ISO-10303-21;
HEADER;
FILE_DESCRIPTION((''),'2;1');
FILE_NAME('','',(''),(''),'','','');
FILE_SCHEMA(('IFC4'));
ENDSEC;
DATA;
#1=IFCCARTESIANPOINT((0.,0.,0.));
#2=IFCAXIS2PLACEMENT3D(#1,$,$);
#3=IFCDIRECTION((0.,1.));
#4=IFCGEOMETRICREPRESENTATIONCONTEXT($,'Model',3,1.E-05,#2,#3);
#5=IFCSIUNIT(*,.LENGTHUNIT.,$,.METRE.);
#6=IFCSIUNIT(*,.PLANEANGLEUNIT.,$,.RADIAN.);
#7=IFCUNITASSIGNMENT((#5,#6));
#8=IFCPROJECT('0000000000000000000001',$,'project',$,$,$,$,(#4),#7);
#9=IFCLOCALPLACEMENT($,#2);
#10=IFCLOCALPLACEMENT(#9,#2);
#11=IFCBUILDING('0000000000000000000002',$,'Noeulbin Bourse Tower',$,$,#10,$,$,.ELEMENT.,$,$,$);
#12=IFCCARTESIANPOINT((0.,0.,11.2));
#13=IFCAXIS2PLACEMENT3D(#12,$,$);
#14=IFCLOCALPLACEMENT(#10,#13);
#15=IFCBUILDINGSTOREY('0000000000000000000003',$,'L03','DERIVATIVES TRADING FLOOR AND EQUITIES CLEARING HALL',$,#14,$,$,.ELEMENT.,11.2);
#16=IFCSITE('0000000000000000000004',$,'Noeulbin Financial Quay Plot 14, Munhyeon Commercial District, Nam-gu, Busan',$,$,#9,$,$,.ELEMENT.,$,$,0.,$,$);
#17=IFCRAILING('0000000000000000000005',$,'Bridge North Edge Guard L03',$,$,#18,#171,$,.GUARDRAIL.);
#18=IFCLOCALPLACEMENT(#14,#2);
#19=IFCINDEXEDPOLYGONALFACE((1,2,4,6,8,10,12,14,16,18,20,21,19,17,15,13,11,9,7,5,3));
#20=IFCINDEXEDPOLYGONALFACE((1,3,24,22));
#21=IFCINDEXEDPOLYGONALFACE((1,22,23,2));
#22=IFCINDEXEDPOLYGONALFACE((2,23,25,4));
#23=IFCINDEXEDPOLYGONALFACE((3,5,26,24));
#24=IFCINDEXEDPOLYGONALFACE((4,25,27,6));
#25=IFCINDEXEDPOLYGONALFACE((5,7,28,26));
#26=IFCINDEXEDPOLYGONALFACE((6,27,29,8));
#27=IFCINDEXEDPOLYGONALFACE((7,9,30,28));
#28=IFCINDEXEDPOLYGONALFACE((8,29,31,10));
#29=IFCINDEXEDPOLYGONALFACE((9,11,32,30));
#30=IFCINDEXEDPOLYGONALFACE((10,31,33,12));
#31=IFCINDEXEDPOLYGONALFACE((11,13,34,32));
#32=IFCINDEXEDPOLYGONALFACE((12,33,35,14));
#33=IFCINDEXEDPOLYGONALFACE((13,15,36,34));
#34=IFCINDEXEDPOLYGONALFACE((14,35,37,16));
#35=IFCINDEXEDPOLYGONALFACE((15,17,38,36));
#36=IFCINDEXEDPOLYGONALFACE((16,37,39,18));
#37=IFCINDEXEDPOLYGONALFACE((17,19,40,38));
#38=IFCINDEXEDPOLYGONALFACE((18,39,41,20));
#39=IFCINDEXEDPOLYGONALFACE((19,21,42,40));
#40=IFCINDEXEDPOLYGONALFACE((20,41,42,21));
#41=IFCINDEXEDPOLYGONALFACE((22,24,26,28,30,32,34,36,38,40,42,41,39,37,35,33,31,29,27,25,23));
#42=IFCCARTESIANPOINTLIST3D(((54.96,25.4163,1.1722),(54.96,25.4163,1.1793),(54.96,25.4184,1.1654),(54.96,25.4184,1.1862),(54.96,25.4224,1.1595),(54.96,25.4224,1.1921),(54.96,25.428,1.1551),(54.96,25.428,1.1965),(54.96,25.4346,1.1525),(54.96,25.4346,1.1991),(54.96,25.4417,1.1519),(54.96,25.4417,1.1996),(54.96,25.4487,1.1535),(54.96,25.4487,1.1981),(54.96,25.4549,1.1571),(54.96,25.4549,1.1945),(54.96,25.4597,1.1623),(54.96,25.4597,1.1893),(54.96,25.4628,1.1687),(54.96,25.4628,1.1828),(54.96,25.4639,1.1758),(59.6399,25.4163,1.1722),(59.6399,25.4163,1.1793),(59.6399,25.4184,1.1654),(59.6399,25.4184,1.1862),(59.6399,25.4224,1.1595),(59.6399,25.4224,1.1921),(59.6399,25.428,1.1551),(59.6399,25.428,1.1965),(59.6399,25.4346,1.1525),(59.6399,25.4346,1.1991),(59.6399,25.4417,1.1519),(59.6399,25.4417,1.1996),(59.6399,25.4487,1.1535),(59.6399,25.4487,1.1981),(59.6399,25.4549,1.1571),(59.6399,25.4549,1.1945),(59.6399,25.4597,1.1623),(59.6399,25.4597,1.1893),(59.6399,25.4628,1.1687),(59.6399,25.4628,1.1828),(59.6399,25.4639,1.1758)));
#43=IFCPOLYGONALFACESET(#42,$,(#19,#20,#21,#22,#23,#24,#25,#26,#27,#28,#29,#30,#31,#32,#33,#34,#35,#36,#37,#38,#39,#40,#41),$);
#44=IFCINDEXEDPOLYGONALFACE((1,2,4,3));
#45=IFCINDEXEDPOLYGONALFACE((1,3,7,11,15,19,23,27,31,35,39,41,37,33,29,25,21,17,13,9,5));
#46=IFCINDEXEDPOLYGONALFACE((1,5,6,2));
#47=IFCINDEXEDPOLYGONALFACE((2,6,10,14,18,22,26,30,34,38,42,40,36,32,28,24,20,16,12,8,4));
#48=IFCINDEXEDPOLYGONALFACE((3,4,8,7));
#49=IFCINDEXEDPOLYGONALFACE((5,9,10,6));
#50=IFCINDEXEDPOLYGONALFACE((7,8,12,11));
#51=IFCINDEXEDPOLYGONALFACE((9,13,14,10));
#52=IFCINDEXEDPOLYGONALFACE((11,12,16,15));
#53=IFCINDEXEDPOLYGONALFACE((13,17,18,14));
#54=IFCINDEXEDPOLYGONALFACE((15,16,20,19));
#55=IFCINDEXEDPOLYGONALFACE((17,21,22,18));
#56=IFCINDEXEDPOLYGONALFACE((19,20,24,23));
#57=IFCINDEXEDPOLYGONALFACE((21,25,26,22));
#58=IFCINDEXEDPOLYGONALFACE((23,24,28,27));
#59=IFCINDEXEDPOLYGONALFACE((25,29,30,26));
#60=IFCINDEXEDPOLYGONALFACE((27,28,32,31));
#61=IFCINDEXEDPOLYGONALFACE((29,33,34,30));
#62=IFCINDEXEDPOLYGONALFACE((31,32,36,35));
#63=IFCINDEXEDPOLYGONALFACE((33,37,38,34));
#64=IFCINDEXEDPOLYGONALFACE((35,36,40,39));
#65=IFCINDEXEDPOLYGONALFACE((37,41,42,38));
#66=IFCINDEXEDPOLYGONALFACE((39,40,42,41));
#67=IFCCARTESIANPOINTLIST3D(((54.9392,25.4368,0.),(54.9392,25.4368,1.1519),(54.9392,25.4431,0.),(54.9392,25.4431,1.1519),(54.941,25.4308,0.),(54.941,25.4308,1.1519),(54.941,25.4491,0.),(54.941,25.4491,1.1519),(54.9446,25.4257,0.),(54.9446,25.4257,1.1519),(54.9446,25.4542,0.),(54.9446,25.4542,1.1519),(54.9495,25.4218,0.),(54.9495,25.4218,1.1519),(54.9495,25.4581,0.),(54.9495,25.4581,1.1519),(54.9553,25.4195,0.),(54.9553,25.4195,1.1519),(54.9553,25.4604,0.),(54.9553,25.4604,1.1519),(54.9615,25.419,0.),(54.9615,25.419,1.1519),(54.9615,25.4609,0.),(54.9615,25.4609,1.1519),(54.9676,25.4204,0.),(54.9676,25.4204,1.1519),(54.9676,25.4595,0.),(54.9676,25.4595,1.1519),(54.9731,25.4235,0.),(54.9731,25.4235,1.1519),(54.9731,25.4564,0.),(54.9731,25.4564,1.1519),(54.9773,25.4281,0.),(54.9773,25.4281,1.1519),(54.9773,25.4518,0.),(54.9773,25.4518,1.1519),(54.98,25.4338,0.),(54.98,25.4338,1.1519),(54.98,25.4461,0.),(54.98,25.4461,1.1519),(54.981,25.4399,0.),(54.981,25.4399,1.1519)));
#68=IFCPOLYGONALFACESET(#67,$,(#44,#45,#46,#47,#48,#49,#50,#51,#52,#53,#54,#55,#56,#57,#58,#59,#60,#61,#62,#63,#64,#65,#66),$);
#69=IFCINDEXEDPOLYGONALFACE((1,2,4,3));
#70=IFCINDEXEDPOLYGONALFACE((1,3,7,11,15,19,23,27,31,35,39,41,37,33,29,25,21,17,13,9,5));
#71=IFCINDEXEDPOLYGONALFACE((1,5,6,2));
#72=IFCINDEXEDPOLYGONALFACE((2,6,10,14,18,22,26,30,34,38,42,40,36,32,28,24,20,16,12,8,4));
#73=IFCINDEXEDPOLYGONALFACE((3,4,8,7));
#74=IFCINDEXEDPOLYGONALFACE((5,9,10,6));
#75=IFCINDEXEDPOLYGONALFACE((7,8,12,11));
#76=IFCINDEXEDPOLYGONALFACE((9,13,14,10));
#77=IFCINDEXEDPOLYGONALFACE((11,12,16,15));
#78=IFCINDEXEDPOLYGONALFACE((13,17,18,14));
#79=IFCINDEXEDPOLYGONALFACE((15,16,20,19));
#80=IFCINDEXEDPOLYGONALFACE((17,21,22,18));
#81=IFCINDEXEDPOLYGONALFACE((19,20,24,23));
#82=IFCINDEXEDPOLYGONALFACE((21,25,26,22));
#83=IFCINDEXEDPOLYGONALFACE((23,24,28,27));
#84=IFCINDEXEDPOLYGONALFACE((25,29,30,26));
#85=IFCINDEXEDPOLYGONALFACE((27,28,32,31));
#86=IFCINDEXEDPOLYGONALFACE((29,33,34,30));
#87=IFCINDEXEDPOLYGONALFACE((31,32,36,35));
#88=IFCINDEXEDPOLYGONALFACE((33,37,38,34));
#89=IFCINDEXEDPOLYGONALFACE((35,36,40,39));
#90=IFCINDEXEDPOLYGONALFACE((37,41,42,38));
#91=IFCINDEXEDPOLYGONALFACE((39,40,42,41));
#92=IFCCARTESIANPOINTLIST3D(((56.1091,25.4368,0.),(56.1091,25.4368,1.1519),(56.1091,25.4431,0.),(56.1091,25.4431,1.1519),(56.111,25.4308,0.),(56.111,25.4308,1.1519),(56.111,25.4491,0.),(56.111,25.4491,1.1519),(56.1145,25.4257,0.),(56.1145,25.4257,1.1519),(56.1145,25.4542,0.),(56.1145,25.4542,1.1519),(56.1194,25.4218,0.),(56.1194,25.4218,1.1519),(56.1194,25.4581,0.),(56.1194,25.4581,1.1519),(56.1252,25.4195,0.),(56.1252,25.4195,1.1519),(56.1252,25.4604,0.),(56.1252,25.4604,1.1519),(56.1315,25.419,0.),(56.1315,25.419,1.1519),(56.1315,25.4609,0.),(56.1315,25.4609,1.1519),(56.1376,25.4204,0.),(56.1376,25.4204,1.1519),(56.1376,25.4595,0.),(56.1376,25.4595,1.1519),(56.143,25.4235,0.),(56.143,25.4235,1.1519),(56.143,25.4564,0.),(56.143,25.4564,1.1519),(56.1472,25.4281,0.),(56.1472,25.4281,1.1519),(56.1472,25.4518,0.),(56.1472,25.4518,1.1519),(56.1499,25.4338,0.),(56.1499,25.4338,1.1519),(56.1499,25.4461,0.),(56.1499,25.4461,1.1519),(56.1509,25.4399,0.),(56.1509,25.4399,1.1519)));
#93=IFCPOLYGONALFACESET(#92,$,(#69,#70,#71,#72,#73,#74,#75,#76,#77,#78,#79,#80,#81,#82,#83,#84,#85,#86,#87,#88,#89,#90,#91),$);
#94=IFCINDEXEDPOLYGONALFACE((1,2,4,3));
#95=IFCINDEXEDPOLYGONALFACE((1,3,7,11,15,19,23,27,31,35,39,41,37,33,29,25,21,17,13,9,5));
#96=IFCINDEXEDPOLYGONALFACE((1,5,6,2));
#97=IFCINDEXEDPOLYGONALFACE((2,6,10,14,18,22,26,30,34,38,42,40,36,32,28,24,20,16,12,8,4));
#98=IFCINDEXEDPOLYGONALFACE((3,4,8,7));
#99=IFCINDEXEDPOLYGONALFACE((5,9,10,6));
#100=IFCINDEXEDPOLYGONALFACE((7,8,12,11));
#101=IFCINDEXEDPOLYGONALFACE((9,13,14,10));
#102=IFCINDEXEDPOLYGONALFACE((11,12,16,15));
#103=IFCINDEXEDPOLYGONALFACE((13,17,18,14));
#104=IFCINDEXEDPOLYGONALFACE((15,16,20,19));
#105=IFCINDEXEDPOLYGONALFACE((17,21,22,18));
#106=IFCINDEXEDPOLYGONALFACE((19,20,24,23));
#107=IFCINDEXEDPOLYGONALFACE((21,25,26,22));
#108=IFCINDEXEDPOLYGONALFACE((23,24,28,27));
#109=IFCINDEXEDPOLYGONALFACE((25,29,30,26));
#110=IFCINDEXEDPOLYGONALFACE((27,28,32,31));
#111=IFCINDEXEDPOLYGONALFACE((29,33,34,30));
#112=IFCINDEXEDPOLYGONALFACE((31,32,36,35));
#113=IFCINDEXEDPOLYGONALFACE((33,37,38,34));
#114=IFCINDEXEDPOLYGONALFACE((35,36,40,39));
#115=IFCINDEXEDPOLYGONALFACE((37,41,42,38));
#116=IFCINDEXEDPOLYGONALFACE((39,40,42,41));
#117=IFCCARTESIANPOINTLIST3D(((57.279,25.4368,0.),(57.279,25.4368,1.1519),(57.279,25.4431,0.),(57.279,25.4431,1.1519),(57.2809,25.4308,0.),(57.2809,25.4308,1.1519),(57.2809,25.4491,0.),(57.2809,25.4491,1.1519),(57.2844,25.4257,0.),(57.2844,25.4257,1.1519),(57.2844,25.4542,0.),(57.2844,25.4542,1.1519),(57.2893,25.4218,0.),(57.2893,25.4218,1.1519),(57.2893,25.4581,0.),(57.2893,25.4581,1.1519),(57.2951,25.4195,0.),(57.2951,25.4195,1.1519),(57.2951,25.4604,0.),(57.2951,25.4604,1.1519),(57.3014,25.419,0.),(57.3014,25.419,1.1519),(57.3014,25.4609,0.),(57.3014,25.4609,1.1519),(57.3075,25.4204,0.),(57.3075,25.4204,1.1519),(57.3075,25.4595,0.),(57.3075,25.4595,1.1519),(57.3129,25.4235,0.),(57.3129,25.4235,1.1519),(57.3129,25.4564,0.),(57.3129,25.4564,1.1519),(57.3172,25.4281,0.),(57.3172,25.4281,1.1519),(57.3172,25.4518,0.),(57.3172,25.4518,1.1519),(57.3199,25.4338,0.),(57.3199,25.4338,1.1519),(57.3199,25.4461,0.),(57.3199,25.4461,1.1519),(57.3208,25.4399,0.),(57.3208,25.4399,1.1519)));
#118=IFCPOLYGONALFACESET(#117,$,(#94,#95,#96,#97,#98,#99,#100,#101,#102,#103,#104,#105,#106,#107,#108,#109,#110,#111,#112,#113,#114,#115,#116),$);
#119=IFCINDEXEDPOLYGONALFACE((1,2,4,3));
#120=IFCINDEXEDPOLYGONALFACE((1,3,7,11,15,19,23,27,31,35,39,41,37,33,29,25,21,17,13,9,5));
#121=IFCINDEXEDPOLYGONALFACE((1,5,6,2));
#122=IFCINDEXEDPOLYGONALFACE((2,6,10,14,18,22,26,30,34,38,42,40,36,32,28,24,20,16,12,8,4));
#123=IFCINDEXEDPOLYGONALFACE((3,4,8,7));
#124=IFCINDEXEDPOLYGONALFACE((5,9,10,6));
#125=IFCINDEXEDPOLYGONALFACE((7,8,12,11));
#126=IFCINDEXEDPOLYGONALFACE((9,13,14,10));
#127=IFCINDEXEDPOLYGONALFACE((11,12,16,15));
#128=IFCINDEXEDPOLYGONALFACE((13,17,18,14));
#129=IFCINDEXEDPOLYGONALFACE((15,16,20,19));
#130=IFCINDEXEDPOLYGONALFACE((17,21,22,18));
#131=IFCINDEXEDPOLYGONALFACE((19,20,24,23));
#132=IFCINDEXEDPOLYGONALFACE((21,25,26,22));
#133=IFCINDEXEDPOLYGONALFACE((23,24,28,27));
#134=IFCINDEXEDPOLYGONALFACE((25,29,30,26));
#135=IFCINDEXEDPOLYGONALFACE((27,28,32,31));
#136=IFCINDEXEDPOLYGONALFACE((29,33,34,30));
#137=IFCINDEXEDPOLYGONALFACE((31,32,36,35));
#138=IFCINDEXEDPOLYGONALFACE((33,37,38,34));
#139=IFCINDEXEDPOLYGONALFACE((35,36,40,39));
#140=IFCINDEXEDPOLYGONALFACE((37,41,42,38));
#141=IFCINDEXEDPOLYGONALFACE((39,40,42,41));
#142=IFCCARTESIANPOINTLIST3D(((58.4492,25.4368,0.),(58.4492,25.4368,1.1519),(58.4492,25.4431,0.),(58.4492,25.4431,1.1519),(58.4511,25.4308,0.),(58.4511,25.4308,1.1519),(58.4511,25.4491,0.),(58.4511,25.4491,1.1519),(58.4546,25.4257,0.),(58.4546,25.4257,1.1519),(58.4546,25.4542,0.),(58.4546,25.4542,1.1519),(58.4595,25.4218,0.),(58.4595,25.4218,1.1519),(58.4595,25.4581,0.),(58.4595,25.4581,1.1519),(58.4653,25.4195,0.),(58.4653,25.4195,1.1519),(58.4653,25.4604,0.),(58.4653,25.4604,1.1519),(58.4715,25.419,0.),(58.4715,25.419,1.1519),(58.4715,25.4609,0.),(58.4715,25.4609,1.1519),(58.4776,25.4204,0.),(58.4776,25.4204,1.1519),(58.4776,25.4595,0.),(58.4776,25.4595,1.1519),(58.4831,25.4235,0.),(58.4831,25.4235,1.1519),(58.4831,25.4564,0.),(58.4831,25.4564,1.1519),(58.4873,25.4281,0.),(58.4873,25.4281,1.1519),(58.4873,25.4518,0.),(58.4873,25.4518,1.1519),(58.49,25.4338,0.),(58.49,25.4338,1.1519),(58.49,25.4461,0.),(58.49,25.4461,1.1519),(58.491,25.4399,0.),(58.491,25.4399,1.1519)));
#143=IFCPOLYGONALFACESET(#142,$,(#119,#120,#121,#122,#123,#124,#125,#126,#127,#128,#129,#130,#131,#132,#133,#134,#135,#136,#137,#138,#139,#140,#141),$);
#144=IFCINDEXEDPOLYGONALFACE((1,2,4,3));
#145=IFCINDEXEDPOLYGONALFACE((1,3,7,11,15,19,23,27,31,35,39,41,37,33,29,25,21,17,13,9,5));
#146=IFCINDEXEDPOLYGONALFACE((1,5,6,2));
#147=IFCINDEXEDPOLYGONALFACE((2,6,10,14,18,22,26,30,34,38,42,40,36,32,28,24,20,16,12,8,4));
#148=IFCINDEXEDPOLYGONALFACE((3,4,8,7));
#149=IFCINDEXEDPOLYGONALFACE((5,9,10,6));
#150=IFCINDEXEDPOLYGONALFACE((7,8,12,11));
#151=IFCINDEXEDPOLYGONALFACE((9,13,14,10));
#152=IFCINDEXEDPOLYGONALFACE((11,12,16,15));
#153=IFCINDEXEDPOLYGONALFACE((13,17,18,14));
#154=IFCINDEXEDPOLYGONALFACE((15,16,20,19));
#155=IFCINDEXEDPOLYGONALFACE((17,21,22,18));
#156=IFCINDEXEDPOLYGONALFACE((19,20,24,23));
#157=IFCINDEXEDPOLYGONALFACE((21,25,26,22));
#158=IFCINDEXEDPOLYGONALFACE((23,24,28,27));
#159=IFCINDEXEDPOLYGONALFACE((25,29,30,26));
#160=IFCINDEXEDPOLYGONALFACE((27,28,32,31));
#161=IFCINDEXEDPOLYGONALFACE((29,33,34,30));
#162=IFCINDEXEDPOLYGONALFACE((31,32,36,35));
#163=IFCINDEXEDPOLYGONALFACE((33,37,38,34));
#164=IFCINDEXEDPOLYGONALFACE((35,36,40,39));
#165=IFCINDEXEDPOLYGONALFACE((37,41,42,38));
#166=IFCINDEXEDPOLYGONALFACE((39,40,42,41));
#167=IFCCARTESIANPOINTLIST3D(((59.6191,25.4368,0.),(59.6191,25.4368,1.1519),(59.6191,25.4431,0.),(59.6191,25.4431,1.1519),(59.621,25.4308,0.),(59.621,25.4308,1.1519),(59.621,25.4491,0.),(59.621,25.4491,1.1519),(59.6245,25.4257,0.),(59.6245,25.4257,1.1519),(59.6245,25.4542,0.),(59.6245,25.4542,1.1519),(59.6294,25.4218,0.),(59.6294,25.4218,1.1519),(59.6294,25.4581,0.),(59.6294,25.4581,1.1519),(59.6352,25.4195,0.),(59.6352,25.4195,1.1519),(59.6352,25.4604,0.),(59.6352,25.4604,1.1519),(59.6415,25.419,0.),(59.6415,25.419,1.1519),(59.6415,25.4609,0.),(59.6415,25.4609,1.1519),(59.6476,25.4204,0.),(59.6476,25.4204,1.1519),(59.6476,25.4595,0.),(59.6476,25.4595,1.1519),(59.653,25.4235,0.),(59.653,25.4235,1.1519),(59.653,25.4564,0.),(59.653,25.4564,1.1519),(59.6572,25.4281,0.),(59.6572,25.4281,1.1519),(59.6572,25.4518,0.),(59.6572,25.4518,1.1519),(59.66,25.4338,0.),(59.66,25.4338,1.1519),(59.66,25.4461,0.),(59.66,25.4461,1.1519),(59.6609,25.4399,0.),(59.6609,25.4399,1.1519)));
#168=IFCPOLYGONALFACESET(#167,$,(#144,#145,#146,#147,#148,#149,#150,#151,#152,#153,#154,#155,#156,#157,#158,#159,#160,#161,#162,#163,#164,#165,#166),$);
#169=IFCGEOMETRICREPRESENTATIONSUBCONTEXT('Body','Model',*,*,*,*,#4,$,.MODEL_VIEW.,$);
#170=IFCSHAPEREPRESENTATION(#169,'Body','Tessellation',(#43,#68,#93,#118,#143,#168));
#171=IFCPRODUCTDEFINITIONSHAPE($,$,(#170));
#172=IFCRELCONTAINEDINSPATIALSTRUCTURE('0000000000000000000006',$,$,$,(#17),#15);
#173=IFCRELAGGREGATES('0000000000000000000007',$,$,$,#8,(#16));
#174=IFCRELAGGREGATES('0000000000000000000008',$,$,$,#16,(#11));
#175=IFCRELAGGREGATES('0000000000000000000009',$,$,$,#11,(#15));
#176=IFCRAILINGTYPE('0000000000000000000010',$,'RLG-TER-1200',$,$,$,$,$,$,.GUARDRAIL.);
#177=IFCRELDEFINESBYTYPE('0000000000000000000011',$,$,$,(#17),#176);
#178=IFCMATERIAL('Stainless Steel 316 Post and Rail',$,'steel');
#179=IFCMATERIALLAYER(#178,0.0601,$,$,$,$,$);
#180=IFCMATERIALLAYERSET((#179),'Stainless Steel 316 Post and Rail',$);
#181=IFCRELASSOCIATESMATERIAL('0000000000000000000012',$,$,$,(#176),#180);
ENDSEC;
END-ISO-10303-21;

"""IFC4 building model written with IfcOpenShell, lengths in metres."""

from ifc_helpers import new_model, si_unit, direction, frame, origin, origin_2d, place, context, subcontext, project, spatial, circle, extrude, material, layer, layer_set, type_object, element, save


model = new_model("IFC4")

# Units and contexts
model_context = context("Model", 3, precision=1e-05, world=origin(), true_north=direction((0.0, 1.0)))
body_context = subcontext(model_context, "Body", "Model", "MODEL_VIEW")
ifc_project = project(units=[si_unit("LENGTHUNIT", "METRE"), si_unit("PLANEANGLEUNIT", "RADIAN")], contexts=[model_context])

# Site, building, storey
site_placement = place(None, origin())
site = spatial("IfcSite", under=ifc_project, at=site_placement, Name="Noeulbin Financial Quay Plot 14, Munhyeon Commercial District, Nam-gu, Busan", CompositionType="ELEMENT", RefElevation=0.0)
building_placement = place(site_placement, origin())
building = spatial("IfcBuilding", under=site, at=building_placement, Name="Noeulbin Bourse Tower", CompositionType="ELEMENT")
storey_placement = place(building_placement, frame((0.0, 0.0, 11.2)))
storey = spatial("IfcBuildingStorey", under=building, at=storey_placement, Name="L03", Description="DERIVATIVES TRADING FLOOR AND EQUITIES CLEARING HALL", CompositionType="ELEMENT", Elevation=11.2)

# Railing
ifc_material_1 = material(Name="Stainless Steel 316 Post and Rail", Category="steel")
ifc_layer_1 = layer(ifc_material_1, 0.0601)
ifc_layer_set_1 = layer_set([ifc_layer_1], Name="Stainless Steel 316 Post and Rail")
railing_type = type_object("IfcRailingType", Name="RLG-TER-1200", PredefinedType="GUARDRAIL", material=ifc_layer_set_1)
for number, where, name in (
    (1, (54.96, 25.4399, 0.0), "Bridge North Edge Guard L03"),
):
    element("IfcRailing", number, at=place(storey_placement, frame(where)), inside=storey, type_object=railing_type, Name=name, PredefinedType="GUARDRAIL", context=body_context, shape_type="SweptSolid", body=[
        extrude(circle(Radius=0.0239, at=origin_2d()), frame((0.0, 0.0, 1.1758), z_axis=(1.0, 0.0, 0.0), x_axis=(0.0, 1.0, 0.0)), (0.0, 0.0, 1.0), 4.6799),
        extrude(circle(Radius=0.021, at=origin_2d()), origin(), (0.0, 0.0, 1.0), 1.1519),
        extrude(circle(Radius=0.021, at=origin_2d()), frame((1.1699, 0.0, 0.0)), (0.0, 0.0, 1.0), 1.1519),
        extrude(circle(Radius=0.021, at=origin_2d()), frame((2.3398, 0.0, 0.0)), (0.0, 0.0, 1.0), 1.1519),
        extrude(circle(Radius=0.021, at=origin_2d()), frame((3.51, 0.0, 0.0)), (0.0, 0.0, 1.0), 1.1519),
        extrude(circle(Radius=0.021, at=origin_2d()), frame((4.6799, 0.0, 0.0)), (0.0, 0.0, 1.0), 1.1519),
    ])

save(model, "model.ifc")
